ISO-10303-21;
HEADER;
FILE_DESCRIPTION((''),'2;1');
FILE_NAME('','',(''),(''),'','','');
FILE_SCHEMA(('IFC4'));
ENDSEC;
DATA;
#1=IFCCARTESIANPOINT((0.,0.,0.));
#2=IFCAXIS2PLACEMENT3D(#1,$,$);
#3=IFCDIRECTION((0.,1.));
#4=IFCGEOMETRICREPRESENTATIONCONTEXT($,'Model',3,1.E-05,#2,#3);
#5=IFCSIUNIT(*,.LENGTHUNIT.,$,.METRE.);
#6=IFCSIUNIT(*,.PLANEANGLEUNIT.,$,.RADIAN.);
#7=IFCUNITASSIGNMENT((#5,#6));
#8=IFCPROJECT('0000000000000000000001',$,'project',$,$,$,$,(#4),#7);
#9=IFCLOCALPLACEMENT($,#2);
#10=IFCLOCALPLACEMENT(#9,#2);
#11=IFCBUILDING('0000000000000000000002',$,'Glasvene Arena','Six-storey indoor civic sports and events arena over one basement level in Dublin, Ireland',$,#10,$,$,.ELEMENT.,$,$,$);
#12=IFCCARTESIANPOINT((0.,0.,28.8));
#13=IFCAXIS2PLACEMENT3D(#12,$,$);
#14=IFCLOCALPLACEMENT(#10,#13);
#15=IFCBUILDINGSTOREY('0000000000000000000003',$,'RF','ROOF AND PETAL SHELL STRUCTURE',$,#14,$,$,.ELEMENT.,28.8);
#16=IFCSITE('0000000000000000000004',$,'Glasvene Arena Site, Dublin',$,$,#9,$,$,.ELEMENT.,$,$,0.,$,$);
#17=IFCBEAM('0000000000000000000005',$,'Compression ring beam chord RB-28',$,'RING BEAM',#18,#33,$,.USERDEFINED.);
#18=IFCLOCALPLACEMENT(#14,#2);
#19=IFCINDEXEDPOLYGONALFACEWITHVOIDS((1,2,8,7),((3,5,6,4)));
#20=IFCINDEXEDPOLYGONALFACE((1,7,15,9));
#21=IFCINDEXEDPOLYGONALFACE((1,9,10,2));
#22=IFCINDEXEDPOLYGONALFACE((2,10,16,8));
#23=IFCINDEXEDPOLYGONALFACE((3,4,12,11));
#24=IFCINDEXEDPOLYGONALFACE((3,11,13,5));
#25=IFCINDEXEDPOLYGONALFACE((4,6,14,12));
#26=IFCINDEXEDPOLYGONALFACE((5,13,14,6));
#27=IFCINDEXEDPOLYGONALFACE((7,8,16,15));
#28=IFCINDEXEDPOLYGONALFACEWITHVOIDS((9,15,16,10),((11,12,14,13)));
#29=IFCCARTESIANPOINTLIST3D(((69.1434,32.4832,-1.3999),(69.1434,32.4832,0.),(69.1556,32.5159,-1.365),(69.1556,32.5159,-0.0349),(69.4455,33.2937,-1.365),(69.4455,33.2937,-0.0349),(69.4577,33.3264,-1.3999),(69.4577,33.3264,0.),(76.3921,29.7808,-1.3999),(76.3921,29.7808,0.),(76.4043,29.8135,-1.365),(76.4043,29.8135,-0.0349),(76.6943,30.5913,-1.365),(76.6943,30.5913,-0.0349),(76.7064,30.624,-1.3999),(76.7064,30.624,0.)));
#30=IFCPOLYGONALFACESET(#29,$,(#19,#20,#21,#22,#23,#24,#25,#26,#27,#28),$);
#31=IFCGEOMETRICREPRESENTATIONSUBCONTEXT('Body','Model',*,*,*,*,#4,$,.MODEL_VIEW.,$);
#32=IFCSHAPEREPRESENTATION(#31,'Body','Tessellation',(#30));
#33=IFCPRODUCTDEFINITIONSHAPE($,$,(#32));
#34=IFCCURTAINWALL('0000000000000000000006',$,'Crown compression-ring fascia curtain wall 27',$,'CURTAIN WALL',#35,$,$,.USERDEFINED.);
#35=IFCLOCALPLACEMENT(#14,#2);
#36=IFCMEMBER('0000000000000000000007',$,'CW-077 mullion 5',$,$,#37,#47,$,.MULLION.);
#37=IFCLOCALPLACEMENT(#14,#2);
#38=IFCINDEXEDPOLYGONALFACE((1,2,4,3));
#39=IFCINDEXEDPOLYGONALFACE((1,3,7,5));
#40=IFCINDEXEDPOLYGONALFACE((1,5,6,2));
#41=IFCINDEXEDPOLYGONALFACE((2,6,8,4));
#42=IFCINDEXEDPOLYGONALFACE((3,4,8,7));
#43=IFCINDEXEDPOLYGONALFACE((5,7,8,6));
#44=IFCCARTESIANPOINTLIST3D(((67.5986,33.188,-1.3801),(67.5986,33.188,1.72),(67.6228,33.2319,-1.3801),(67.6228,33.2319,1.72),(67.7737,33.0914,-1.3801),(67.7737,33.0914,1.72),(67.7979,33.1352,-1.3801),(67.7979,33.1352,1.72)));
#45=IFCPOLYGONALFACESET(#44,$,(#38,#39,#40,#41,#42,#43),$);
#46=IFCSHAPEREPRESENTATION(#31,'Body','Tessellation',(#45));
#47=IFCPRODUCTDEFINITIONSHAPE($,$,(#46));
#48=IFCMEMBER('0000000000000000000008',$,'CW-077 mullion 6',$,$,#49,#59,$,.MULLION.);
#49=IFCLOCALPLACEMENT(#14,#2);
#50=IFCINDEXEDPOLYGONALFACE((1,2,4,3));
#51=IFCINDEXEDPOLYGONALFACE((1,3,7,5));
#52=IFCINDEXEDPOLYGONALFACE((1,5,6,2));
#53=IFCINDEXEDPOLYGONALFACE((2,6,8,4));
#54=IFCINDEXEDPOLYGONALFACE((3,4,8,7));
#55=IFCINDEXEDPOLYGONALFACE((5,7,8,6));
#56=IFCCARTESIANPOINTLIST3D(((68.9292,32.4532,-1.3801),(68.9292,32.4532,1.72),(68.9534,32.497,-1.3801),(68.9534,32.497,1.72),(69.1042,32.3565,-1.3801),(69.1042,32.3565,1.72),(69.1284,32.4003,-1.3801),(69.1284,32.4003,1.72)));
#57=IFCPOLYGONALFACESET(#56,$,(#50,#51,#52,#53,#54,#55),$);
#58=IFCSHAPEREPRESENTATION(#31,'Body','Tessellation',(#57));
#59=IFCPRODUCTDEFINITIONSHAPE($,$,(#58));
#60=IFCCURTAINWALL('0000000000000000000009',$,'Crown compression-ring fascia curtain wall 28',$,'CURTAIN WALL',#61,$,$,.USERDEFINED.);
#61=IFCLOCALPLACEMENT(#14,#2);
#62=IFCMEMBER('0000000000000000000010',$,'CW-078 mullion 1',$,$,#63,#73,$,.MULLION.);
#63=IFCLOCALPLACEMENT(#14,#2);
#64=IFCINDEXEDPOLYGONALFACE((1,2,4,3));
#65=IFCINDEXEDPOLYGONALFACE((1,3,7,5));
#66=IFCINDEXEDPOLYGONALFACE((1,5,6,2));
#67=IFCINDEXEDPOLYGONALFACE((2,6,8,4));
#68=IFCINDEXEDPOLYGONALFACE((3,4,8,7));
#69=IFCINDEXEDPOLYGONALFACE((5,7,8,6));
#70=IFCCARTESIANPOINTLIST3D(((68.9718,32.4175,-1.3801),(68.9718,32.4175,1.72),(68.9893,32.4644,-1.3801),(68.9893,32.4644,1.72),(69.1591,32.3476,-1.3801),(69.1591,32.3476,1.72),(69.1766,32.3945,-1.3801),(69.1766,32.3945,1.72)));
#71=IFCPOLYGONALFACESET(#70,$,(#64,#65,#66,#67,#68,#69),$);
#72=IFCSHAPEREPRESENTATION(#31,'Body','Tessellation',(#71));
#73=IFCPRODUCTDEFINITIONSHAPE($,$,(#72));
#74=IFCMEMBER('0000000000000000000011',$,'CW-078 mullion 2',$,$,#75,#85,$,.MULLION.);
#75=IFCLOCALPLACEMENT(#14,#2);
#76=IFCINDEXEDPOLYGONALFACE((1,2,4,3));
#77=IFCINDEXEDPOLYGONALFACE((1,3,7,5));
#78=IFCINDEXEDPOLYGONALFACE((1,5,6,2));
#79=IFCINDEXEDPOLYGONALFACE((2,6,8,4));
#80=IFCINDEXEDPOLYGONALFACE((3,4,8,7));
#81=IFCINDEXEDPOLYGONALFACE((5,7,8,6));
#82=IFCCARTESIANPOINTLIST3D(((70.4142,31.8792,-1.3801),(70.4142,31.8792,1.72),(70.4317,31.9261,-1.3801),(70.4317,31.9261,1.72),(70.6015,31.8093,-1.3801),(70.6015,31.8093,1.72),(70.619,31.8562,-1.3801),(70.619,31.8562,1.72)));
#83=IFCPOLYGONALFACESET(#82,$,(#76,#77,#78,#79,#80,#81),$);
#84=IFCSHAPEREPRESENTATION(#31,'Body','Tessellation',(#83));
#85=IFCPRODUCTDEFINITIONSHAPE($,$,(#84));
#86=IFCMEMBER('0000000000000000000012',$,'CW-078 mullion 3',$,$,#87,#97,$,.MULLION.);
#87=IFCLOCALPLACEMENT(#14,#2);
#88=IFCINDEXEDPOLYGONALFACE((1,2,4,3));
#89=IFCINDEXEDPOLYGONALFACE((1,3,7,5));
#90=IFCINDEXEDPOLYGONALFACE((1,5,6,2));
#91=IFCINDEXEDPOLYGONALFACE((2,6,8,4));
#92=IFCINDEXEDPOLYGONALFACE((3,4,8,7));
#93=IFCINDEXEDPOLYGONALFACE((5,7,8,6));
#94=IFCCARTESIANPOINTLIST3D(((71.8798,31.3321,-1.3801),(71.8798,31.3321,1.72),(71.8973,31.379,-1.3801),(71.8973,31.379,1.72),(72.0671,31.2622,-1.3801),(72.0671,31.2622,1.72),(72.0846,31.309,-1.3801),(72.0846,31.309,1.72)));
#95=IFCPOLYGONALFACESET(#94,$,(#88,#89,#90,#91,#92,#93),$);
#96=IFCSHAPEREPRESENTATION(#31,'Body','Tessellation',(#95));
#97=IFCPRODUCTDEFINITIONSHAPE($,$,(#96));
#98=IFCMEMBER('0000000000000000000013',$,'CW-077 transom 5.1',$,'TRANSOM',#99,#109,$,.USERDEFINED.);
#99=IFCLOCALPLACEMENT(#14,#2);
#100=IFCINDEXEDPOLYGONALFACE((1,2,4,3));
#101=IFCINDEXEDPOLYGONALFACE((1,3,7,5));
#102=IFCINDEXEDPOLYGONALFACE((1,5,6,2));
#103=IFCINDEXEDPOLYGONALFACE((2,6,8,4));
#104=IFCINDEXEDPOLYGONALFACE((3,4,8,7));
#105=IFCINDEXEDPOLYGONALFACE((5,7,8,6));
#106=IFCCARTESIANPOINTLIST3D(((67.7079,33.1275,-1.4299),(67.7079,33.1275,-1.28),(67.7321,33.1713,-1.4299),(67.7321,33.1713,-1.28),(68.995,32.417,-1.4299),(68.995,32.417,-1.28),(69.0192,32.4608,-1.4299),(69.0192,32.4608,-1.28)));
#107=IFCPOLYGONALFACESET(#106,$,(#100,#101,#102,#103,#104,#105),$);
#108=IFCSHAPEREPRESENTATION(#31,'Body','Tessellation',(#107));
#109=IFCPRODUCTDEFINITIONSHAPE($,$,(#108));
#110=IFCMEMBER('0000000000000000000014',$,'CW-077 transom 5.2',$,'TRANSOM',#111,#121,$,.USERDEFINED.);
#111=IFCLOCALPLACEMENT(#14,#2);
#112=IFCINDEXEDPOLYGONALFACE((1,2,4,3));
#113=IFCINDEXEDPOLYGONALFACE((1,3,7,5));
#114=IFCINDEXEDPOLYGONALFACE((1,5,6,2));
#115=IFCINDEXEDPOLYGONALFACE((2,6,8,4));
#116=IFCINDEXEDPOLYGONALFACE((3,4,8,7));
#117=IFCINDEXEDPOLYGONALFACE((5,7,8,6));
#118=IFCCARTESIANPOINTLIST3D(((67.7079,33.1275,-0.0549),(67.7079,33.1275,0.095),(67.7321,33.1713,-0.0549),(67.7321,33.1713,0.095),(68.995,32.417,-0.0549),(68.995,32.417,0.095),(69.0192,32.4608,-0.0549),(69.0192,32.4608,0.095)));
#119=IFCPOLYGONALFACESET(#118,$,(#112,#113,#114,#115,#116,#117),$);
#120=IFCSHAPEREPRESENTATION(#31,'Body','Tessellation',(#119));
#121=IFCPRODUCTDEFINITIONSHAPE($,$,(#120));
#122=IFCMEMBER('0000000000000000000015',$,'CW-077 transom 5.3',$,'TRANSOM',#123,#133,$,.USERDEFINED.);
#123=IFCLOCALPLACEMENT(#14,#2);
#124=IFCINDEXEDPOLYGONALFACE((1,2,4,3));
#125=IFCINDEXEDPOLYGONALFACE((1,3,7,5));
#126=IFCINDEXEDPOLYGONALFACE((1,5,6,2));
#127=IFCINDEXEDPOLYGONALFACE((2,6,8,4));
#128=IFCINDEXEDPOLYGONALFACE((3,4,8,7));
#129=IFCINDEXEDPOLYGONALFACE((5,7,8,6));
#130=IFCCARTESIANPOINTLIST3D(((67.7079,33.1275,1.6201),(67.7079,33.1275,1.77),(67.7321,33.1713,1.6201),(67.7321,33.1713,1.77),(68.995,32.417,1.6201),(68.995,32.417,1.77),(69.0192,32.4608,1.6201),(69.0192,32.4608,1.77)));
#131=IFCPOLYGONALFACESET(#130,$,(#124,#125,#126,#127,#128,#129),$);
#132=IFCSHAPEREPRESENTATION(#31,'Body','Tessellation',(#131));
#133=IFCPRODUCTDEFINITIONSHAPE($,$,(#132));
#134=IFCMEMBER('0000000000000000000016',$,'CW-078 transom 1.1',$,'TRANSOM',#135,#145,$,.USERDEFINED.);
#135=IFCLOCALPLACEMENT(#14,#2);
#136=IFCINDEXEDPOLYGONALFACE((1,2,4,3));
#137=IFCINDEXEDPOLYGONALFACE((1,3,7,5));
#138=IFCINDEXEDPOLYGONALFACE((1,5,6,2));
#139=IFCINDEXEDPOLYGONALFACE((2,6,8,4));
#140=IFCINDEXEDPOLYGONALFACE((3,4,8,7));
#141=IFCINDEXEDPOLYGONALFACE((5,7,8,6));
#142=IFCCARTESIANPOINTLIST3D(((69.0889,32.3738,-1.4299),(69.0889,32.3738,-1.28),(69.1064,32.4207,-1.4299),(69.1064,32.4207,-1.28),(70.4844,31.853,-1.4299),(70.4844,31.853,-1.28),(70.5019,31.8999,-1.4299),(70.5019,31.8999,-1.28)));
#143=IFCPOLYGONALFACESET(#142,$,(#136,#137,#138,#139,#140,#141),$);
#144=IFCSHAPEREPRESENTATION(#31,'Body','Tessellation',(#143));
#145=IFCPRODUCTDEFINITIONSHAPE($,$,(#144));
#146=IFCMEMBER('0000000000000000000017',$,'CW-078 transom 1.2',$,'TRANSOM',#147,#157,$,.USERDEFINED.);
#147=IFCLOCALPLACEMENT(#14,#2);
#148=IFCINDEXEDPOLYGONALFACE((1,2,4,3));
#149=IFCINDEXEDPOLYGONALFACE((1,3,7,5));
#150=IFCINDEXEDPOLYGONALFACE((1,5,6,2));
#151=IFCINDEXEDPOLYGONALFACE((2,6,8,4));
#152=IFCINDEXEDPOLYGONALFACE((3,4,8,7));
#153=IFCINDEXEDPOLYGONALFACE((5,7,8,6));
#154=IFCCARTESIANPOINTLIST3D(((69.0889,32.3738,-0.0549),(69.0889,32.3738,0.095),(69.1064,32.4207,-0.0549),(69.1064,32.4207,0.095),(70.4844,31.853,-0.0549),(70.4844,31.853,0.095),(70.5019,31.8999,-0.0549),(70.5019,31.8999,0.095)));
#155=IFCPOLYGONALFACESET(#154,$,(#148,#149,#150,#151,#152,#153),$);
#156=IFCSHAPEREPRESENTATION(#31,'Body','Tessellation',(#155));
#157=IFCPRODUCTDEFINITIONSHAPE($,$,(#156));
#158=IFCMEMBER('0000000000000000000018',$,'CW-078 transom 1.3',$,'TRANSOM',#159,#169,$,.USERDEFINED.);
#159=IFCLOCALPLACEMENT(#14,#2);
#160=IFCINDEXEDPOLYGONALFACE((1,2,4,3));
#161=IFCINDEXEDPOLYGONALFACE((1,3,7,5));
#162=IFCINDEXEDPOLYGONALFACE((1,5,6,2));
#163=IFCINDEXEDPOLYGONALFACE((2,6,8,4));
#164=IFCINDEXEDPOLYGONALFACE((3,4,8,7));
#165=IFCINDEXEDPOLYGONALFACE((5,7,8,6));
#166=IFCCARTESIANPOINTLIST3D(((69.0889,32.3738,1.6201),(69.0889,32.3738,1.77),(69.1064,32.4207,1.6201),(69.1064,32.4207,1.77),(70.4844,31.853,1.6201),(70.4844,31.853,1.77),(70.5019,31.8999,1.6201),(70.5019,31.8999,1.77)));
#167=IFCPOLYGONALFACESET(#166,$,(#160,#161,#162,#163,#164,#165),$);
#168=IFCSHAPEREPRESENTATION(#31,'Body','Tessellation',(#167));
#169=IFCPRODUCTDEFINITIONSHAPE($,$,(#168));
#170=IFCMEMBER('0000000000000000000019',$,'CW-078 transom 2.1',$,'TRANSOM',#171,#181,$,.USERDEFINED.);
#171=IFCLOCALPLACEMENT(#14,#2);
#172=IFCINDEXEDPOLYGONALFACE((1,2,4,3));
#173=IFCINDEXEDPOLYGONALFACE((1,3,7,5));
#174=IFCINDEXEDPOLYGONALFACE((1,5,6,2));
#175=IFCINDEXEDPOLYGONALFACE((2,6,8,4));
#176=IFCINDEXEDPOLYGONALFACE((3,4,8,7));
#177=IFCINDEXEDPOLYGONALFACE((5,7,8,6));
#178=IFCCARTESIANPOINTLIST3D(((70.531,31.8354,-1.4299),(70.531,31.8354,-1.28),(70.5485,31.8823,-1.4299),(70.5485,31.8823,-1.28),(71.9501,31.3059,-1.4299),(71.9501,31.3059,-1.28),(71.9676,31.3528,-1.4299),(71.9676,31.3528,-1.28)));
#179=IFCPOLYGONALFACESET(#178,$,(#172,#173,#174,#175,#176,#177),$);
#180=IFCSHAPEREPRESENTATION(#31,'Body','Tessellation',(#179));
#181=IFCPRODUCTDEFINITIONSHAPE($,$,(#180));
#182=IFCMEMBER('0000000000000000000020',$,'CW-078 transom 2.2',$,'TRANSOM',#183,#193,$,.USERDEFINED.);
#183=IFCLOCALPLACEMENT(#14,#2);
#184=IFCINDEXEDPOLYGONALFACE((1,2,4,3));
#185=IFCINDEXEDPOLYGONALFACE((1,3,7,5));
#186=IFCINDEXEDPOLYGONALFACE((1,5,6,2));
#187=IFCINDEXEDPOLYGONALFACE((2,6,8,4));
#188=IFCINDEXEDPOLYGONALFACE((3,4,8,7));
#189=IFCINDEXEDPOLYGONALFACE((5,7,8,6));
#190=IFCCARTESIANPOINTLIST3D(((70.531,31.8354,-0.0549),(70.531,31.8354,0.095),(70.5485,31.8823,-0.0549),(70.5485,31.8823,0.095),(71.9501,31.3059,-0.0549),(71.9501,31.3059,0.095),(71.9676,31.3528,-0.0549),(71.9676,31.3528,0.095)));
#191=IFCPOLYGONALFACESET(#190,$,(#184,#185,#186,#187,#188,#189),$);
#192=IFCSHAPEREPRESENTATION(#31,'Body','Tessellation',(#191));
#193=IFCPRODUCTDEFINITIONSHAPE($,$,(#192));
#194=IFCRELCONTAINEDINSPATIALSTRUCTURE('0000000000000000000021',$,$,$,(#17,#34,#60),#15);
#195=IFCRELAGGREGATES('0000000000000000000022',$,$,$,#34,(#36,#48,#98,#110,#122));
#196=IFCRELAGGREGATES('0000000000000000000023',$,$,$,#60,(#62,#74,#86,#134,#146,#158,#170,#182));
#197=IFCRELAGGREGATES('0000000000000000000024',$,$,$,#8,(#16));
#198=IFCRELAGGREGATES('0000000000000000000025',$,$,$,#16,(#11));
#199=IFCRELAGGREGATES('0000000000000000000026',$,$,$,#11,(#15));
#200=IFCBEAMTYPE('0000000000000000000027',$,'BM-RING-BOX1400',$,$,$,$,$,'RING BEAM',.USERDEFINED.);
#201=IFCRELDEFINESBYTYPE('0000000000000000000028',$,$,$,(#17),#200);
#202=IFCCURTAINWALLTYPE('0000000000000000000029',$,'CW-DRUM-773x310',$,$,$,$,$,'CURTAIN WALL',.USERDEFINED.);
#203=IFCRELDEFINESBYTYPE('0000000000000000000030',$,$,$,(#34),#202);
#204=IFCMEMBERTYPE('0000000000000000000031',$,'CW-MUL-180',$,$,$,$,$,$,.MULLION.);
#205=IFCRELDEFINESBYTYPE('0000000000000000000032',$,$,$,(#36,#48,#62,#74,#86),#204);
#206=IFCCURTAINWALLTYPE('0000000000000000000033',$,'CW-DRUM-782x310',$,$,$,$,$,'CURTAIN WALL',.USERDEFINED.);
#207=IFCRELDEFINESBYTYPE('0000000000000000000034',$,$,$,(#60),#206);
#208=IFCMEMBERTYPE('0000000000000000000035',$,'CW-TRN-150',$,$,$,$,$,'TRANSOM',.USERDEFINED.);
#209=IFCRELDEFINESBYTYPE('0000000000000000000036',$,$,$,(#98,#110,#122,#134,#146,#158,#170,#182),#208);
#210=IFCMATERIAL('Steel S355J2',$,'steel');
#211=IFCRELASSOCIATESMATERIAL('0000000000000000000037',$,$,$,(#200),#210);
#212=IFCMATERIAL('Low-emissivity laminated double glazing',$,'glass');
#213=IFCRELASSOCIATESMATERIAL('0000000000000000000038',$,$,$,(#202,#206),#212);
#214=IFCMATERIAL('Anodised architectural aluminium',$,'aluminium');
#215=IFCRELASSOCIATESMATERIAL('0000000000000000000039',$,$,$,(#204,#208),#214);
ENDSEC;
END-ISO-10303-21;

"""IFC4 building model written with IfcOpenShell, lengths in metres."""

from ifc_helpers import new_model, si_unit, direction, frame, origin, origin_2d, place, context, subcontext, project, spatial, rectangle, hollow_rectangle, extrude, material, material_profile, profile_set, type_object, element, aggregate, save


model = new_model("IFC4")

# Units and contexts
model_context = context("Model", 3, precision=1e-05, world=origin(), true_north=direction((0.0, 1.0)))
body_context = subcontext(model_context, "Body", "Model", "MODEL_VIEW")
ifc_project = project(units=[si_unit("LENGTHUNIT", "METRE"), si_unit("PLANEANGLEUNIT", "RADIAN")], contexts=[model_context])

# Site, building, storey
site_placement = place(None, origin())
site = spatial("IfcSite", under=ifc_project, at=site_placement, Name="Glasvene Arena Site, Dublin", CompositionType="ELEMENT", RefElevation=0.0)
building_placement = place(site_placement, origin())
building = spatial("IfcBuilding", under=site, at=building_placement, Name="Glasvene Arena", Description="Six-storey indoor civic sports and events arena over one basement level in Dublin, Ireland", CompositionType="ELEMENT")
storey_placement = place(building_placement, frame((0.0, 0.0, 28.8)))
storey = spatial("IfcBuildingStorey", under=building, at=storey_placement, Name="RF", Description="ROOF AND PETAL SHELL STRUCTURE", CompositionType="ELEMENT", Elevation=28.8)

# Beam
ifc_material_1 = material(Name="Steel S355J2", Category="steel")
ifc_material_profile_1 = material_profile(ifc_material_1, hollow_rectangle(XDim=0.8999, YDim=1.3999, WallThickness=0.0349, at=origin_2d()), Name="WBOX 900x1400x35")
ifc_profile_set_1 = profile_set([ifc_material_profile_1], Name="Steel S355J2")
beam_type = type_object("IfcBeamType", Name="BM-RING-BOX1400", ElementType="RING BEAM", PredefinedType="USERDEFINED", material=ifc_profile_set_1)
beam_placement = place(storey_placement, frame((69.3005, 32.9048, -0.7), z_axis=(0.937003, -0.349321, 0.0), x_axis=(0.349321, 0.937003, 0.0)))
element("IfcBeam", 1, at=beam_placement, inside=storey, type_object=beam_type, Name="Compression ring beam chord RB-28", ObjectType="RING BEAM", PredefinedType="USERDEFINED", context=body_context, shape_type="SweptSolid", body=[
    extrude(hollow_rectangle(XDim=0.8999, YDim=1.3999, WallThickness=0.0349, at=origin_2d()), origin(), (0.0, 0.0, 1.0), 7.7361),
])

# Curtain walls, members
ifc_material_2 = material(Name="Low-emissivity laminated double glazing", Category="glass")
curtain_wall_type_1 = type_object("IfcCurtainWallType", Name="CW-DRUM-773x310", ElementType="CURTAIN WALL", PredefinedType="USERDEFINED", material=ifc_material_2)
curtain_wall_1_placement = place(storey_placement, frame((62.2876, 36.1494, 0.0)))
curtain_wall_1 = element("IfcCurtainWall", 2, at=curtain_wall_1_placement, inside=storey, type_object=curtain_wall_type_1, Name="Crown compression-ring fascia curtain wall 27", ObjectType="CURTAIN WALL", PredefinedType="USERDEFINED")
ifc_material_3 = material(Name="Anodised architectural aluminium", Category="aluminium")
ifc_material_profile_2 = material_profile(ifc_material_3, rectangle(XDim=0.05, YDim=0.2, at=origin_2d()), Name="ALU MULLION 50x200")
ifc_profile_set_2 = profile_set([ifc_material_profile_2], Name="Anodised architectural aluminium")
member_type_1 = type_object("IfcMemberType", Name="CW-MUL-180", PredefinedType="MULLION", material=ifc_profile_set_2)
member_1_placement = place(storey_placement, frame((67.6982, 33.1616, -1.3801), z_axis=(0.0, 0.0, 1.0), x_axis=(0.483387, 0.875407, 0.0)))
member_1 = element("IfcMember", 3, at=member_1_placement, type_object=member_type_1, Name="CW-077 mullion 5", PredefinedType="MULLION", context=body_context, shape_type="SweptSolid", body=[
    extrude(rectangle(XDim=0.05, YDim=0.2, at=origin_2d()), origin(), (0.0, 0.0, 1.0), 3.1001),
])
member_2_placement = place(storey_placement, frame((69.0288, 32.4268, -1.3801), z_axis=(0.0, 0.0, 1.0), x_axis=(0.483387, 0.875407, 0.0)))
member_2 = element("IfcMember", 4, at=member_2_placement, type_object=member_type_1, Name="CW-077 mullion 6", PredefinedType="MULLION", context=body_context, shape_type="SweptSolid", body=[
    extrude(rectangle(XDim=0.05, YDim=0.2, at=origin_2d()), origin(), (0.0, 0.0, 1.0), 3.1001),
])
curtain_wall_type_2 = type_object("IfcCurtainWallType", Name="CW-DRUM-782x310", ElementType="CURTAIN WALL", PredefinedType="USERDEFINED", material=ifc_material_2)
curtain_wall_2_placement = place(storey_placement, frame((69.0508, 32.4148, 0.0)))
curtain_wall_2 = element("IfcCurtainWall", 5, at=curtain_wall_2_placement, inside=storey, type_object=curtain_wall_type_2, Name="Crown compression-ring fascia curtain wall 28", ObjectType="CURTAIN WALL", PredefinedType="USERDEFINED")
member_3_placement = place(storey_placement, frame((69.0742, 32.406, -1.3801), z_axis=(0.0, 0.0, 1.0), x_axis=(0.349683, 0.936868, 0.0)))
member_3 = element("IfcMember", 6, at=member_3_placement, type_object=member_type_1, Name="CW-078 mullion 1", PredefinedType="MULLION", context=body_context, shape_type="SweptSolid", body=[
    extrude(rectangle(XDim=0.05, YDim=0.2, at=origin_2d()), origin(), (0.0, 0.0, 1.0), 3.1001),
])
member_4_placement = place(storey_placement, frame((70.5166, 31.8677, -1.3801), z_axis=(0.0, 0.0, 1.0), x_axis=(0.349683, 0.936868, 0.0)))
member_4 = element("IfcMember", 7, at=member_4_placement, type_object=member_type_1, Name="CW-078 mullion 2", PredefinedType="MULLION", context=body_context, shape_type="SweptSolid", body=[
    extrude(rectangle(XDim=0.05, YDim=0.2, at=origin_2d()), origin(), (0.0, 0.0, 1.0), 3.1001),
])
member_5_placement = place(storey_placement, frame((71.9822, 31.3206, -1.3801), z_axis=(0.0, 0.0, 1.0), x_axis=(0.349683, 0.936868, 0.0)))
member_5 = element("IfcMember", 8, at=member_5_placement, type_object=member_type_1, Name="CW-078 mullion 3", PredefinedType="MULLION", context=body_context, shape_type="SweptSolid", body=[
    extrude(rectangle(XDim=0.05, YDim=0.2, at=origin_2d()), origin(), (0.0, 0.0, 1.0), 3.1001),
])

# Members
ifc_material_profile_3 = material_profile(ifc_material_3, rectangle(XDim=0.05, YDim=0.1499, at=origin_2d()), Name="ALU TRANSOM 50x150")
ifc_profile_set_3 = profile_set([ifc_material_profile_3], Name="Anodised architectural aluminium")
member_type_2 = type_object("IfcMemberType", Name="CW-TRN-150", ElementType="TRANSOM", PredefinedType="USERDEFINED", material=ifc_profile_set_3)
member_6_placement = place(storey_placement, frame((67.72, 33.1494, -1.355), z_axis=(0.875486, -0.483244, 0.0), x_axis=(0.483244, 0.875486, 0.0)))
member_6 = element("IfcMember", 9, at=member_6_placement, type_object=member_type_2, Name="CW-077 transom 5.1", ObjectType="TRANSOM", PredefinedType="USERDEFINED", context=body_context, shape_type="SweptSolid", body=[
    extrude(rectangle(XDim=0.05, YDim=0.1499, at=origin_2d()), origin(), (0.0, 0.0, 1.0), 1.4702),
])
member_7_placement = place(storey_placement, frame((67.72, 33.1494, 0.02), z_axis=(0.875486, -0.483244, 0.0), x_axis=(0.483244, 0.875486, 0.0)))
member_7 = element("IfcMember", 10, at=member_7_placement, type_object=member_type_2, Name="CW-077 transom 5.2", ObjectType="TRANSOM", PredefinedType="USERDEFINED", context=body_context, shape_type="SweptSolid", body=[
    extrude(rectangle(XDim=0.05, YDim=0.1499, at=origin_2d()), origin(), (0.0, 0.0, 1.0), 1.4702),
])
member_8_placement = place(storey_placement, frame((67.72, 33.1494, 1.6951), z_axis=(0.875486, -0.483244, 0.0), x_axis=(0.483244, 0.875486, 0.0)))
member_8 = element("IfcMember", 11, at=member_8_placement, type_object=member_type_2, Name="CW-077 transom 5.3", ObjectType="TRANSOM", PredefinedType="USERDEFINED", context=body_context, shape_type="SweptSolid", body=[
    extrude(rectangle(XDim=0.05, YDim=0.1499, at=origin_2d()), origin(), (0.0, 0.0, 1.0), 1.4702),
])
member_9_placement = place(storey_placement, frame((69.0977, 32.3972, -1.355), z_axis=(0.936894, -0.349614, 0.0), x_axis=(0.349614, 0.936894, 0.0)))
member_9 = element("IfcMember", 12, at=member_9_placement, type_object=member_type_2, Name="CW-078 transom 1.1", ObjectType="TRANSOM", PredefinedType="USERDEFINED", context=body_context, shape_type="SweptSolid", body=[
    extrude(rectangle(XDim=0.05, YDim=0.1499, at=origin_2d()), origin(), (0.0, 0.0, 1.0), 1.4895),
])
member_10_placement = place(storey_placement, frame((69.0977, 32.3972, 0.02), z_axis=(0.936894, -0.349614, 0.0), x_axis=(0.349614, 0.936894, 0.0)))
member_10 = element("IfcMember", 13, at=member_10_placement, type_object=member_type_2, Name="CW-078 transom 1.2", ObjectType="TRANSOM", PredefinedType="USERDEFINED", context=body_context, shape_type="SweptSolid", body=[
    extrude(rectangle(XDim=0.05, YDim=0.1499, at=origin_2d()), origin(), (0.0, 0.0, 1.0), 1.4895),
])
member_11_placement = place(storey_placement, frame((69.0977, 32.3972, 1.6951), z_axis=(0.936894, -0.349614, 0.0), x_axis=(0.349614, 0.936894, 0.0)))
member_11 = element("IfcMember", 14, at=member_11_placement, type_object=member_type_2, Name="CW-078 transom 1.3", ObjectType="TRANSOM", PredefinedType="USERDEFINED", context=body_context, shape_type="SweptSolid", body=[
    extrude(rectangle(XDim=0.05, YDim=0.1499, at=origin_2d()), origin(), (0.0, 0.0, 1.0), 1.4895),
])
member_12_placement = place(storey_placement, frame((70.5398, 31.8589, -1.355), z_axis=(0.936884, -0.349639, 0.0), x_axis=(0.349639, 0.936884, 0.0)))
member_12 = element("IfcMember", 15, at=member_12_placement, type_object=member_type_2, Name="CW-078 transom 2.1", ObjectType="TRANSOM", PredefinedType="USERDEFINED", context=body_context, shape_type="SweptSolid", body=[
    extrude(rectangle(XDim=0.05, YDim=0.1499, at=origin_2d()), origin(), (0.0, 0.0, 1.0), 1.5146),
])
member_13_placement = place(storey_placement, frame((70.5398, 31.8589, 0.02), z_axis=(0.936884, -0.349639, 0.0), x_axis=(0.349639, 0.936884, 0.0)))
member_13 = element("IfcMember", 16, at=member_13_placement, type_object=member_type_2, Name="CW-078 transom 2.2", ObjectType="TRANSOM", PredefinedType="USERDEFINED", context=body_context, shape_type="SweptSolid", body=[
    extrude(rectangle(XDim=0.05, YDim=0.1499, at=origin_2d()), origin(), (0.0, 0.0, 1.0), 1.5146),
])

aggregate(curtain_wall_1, [member_1, member_2, member_6, member_7, member_8])
aggregate(curtain_wall_2, [member_3, member_4, member_5, member_9, member_10, member_11, member_12, member_13])

save(model, "model.ifc")
